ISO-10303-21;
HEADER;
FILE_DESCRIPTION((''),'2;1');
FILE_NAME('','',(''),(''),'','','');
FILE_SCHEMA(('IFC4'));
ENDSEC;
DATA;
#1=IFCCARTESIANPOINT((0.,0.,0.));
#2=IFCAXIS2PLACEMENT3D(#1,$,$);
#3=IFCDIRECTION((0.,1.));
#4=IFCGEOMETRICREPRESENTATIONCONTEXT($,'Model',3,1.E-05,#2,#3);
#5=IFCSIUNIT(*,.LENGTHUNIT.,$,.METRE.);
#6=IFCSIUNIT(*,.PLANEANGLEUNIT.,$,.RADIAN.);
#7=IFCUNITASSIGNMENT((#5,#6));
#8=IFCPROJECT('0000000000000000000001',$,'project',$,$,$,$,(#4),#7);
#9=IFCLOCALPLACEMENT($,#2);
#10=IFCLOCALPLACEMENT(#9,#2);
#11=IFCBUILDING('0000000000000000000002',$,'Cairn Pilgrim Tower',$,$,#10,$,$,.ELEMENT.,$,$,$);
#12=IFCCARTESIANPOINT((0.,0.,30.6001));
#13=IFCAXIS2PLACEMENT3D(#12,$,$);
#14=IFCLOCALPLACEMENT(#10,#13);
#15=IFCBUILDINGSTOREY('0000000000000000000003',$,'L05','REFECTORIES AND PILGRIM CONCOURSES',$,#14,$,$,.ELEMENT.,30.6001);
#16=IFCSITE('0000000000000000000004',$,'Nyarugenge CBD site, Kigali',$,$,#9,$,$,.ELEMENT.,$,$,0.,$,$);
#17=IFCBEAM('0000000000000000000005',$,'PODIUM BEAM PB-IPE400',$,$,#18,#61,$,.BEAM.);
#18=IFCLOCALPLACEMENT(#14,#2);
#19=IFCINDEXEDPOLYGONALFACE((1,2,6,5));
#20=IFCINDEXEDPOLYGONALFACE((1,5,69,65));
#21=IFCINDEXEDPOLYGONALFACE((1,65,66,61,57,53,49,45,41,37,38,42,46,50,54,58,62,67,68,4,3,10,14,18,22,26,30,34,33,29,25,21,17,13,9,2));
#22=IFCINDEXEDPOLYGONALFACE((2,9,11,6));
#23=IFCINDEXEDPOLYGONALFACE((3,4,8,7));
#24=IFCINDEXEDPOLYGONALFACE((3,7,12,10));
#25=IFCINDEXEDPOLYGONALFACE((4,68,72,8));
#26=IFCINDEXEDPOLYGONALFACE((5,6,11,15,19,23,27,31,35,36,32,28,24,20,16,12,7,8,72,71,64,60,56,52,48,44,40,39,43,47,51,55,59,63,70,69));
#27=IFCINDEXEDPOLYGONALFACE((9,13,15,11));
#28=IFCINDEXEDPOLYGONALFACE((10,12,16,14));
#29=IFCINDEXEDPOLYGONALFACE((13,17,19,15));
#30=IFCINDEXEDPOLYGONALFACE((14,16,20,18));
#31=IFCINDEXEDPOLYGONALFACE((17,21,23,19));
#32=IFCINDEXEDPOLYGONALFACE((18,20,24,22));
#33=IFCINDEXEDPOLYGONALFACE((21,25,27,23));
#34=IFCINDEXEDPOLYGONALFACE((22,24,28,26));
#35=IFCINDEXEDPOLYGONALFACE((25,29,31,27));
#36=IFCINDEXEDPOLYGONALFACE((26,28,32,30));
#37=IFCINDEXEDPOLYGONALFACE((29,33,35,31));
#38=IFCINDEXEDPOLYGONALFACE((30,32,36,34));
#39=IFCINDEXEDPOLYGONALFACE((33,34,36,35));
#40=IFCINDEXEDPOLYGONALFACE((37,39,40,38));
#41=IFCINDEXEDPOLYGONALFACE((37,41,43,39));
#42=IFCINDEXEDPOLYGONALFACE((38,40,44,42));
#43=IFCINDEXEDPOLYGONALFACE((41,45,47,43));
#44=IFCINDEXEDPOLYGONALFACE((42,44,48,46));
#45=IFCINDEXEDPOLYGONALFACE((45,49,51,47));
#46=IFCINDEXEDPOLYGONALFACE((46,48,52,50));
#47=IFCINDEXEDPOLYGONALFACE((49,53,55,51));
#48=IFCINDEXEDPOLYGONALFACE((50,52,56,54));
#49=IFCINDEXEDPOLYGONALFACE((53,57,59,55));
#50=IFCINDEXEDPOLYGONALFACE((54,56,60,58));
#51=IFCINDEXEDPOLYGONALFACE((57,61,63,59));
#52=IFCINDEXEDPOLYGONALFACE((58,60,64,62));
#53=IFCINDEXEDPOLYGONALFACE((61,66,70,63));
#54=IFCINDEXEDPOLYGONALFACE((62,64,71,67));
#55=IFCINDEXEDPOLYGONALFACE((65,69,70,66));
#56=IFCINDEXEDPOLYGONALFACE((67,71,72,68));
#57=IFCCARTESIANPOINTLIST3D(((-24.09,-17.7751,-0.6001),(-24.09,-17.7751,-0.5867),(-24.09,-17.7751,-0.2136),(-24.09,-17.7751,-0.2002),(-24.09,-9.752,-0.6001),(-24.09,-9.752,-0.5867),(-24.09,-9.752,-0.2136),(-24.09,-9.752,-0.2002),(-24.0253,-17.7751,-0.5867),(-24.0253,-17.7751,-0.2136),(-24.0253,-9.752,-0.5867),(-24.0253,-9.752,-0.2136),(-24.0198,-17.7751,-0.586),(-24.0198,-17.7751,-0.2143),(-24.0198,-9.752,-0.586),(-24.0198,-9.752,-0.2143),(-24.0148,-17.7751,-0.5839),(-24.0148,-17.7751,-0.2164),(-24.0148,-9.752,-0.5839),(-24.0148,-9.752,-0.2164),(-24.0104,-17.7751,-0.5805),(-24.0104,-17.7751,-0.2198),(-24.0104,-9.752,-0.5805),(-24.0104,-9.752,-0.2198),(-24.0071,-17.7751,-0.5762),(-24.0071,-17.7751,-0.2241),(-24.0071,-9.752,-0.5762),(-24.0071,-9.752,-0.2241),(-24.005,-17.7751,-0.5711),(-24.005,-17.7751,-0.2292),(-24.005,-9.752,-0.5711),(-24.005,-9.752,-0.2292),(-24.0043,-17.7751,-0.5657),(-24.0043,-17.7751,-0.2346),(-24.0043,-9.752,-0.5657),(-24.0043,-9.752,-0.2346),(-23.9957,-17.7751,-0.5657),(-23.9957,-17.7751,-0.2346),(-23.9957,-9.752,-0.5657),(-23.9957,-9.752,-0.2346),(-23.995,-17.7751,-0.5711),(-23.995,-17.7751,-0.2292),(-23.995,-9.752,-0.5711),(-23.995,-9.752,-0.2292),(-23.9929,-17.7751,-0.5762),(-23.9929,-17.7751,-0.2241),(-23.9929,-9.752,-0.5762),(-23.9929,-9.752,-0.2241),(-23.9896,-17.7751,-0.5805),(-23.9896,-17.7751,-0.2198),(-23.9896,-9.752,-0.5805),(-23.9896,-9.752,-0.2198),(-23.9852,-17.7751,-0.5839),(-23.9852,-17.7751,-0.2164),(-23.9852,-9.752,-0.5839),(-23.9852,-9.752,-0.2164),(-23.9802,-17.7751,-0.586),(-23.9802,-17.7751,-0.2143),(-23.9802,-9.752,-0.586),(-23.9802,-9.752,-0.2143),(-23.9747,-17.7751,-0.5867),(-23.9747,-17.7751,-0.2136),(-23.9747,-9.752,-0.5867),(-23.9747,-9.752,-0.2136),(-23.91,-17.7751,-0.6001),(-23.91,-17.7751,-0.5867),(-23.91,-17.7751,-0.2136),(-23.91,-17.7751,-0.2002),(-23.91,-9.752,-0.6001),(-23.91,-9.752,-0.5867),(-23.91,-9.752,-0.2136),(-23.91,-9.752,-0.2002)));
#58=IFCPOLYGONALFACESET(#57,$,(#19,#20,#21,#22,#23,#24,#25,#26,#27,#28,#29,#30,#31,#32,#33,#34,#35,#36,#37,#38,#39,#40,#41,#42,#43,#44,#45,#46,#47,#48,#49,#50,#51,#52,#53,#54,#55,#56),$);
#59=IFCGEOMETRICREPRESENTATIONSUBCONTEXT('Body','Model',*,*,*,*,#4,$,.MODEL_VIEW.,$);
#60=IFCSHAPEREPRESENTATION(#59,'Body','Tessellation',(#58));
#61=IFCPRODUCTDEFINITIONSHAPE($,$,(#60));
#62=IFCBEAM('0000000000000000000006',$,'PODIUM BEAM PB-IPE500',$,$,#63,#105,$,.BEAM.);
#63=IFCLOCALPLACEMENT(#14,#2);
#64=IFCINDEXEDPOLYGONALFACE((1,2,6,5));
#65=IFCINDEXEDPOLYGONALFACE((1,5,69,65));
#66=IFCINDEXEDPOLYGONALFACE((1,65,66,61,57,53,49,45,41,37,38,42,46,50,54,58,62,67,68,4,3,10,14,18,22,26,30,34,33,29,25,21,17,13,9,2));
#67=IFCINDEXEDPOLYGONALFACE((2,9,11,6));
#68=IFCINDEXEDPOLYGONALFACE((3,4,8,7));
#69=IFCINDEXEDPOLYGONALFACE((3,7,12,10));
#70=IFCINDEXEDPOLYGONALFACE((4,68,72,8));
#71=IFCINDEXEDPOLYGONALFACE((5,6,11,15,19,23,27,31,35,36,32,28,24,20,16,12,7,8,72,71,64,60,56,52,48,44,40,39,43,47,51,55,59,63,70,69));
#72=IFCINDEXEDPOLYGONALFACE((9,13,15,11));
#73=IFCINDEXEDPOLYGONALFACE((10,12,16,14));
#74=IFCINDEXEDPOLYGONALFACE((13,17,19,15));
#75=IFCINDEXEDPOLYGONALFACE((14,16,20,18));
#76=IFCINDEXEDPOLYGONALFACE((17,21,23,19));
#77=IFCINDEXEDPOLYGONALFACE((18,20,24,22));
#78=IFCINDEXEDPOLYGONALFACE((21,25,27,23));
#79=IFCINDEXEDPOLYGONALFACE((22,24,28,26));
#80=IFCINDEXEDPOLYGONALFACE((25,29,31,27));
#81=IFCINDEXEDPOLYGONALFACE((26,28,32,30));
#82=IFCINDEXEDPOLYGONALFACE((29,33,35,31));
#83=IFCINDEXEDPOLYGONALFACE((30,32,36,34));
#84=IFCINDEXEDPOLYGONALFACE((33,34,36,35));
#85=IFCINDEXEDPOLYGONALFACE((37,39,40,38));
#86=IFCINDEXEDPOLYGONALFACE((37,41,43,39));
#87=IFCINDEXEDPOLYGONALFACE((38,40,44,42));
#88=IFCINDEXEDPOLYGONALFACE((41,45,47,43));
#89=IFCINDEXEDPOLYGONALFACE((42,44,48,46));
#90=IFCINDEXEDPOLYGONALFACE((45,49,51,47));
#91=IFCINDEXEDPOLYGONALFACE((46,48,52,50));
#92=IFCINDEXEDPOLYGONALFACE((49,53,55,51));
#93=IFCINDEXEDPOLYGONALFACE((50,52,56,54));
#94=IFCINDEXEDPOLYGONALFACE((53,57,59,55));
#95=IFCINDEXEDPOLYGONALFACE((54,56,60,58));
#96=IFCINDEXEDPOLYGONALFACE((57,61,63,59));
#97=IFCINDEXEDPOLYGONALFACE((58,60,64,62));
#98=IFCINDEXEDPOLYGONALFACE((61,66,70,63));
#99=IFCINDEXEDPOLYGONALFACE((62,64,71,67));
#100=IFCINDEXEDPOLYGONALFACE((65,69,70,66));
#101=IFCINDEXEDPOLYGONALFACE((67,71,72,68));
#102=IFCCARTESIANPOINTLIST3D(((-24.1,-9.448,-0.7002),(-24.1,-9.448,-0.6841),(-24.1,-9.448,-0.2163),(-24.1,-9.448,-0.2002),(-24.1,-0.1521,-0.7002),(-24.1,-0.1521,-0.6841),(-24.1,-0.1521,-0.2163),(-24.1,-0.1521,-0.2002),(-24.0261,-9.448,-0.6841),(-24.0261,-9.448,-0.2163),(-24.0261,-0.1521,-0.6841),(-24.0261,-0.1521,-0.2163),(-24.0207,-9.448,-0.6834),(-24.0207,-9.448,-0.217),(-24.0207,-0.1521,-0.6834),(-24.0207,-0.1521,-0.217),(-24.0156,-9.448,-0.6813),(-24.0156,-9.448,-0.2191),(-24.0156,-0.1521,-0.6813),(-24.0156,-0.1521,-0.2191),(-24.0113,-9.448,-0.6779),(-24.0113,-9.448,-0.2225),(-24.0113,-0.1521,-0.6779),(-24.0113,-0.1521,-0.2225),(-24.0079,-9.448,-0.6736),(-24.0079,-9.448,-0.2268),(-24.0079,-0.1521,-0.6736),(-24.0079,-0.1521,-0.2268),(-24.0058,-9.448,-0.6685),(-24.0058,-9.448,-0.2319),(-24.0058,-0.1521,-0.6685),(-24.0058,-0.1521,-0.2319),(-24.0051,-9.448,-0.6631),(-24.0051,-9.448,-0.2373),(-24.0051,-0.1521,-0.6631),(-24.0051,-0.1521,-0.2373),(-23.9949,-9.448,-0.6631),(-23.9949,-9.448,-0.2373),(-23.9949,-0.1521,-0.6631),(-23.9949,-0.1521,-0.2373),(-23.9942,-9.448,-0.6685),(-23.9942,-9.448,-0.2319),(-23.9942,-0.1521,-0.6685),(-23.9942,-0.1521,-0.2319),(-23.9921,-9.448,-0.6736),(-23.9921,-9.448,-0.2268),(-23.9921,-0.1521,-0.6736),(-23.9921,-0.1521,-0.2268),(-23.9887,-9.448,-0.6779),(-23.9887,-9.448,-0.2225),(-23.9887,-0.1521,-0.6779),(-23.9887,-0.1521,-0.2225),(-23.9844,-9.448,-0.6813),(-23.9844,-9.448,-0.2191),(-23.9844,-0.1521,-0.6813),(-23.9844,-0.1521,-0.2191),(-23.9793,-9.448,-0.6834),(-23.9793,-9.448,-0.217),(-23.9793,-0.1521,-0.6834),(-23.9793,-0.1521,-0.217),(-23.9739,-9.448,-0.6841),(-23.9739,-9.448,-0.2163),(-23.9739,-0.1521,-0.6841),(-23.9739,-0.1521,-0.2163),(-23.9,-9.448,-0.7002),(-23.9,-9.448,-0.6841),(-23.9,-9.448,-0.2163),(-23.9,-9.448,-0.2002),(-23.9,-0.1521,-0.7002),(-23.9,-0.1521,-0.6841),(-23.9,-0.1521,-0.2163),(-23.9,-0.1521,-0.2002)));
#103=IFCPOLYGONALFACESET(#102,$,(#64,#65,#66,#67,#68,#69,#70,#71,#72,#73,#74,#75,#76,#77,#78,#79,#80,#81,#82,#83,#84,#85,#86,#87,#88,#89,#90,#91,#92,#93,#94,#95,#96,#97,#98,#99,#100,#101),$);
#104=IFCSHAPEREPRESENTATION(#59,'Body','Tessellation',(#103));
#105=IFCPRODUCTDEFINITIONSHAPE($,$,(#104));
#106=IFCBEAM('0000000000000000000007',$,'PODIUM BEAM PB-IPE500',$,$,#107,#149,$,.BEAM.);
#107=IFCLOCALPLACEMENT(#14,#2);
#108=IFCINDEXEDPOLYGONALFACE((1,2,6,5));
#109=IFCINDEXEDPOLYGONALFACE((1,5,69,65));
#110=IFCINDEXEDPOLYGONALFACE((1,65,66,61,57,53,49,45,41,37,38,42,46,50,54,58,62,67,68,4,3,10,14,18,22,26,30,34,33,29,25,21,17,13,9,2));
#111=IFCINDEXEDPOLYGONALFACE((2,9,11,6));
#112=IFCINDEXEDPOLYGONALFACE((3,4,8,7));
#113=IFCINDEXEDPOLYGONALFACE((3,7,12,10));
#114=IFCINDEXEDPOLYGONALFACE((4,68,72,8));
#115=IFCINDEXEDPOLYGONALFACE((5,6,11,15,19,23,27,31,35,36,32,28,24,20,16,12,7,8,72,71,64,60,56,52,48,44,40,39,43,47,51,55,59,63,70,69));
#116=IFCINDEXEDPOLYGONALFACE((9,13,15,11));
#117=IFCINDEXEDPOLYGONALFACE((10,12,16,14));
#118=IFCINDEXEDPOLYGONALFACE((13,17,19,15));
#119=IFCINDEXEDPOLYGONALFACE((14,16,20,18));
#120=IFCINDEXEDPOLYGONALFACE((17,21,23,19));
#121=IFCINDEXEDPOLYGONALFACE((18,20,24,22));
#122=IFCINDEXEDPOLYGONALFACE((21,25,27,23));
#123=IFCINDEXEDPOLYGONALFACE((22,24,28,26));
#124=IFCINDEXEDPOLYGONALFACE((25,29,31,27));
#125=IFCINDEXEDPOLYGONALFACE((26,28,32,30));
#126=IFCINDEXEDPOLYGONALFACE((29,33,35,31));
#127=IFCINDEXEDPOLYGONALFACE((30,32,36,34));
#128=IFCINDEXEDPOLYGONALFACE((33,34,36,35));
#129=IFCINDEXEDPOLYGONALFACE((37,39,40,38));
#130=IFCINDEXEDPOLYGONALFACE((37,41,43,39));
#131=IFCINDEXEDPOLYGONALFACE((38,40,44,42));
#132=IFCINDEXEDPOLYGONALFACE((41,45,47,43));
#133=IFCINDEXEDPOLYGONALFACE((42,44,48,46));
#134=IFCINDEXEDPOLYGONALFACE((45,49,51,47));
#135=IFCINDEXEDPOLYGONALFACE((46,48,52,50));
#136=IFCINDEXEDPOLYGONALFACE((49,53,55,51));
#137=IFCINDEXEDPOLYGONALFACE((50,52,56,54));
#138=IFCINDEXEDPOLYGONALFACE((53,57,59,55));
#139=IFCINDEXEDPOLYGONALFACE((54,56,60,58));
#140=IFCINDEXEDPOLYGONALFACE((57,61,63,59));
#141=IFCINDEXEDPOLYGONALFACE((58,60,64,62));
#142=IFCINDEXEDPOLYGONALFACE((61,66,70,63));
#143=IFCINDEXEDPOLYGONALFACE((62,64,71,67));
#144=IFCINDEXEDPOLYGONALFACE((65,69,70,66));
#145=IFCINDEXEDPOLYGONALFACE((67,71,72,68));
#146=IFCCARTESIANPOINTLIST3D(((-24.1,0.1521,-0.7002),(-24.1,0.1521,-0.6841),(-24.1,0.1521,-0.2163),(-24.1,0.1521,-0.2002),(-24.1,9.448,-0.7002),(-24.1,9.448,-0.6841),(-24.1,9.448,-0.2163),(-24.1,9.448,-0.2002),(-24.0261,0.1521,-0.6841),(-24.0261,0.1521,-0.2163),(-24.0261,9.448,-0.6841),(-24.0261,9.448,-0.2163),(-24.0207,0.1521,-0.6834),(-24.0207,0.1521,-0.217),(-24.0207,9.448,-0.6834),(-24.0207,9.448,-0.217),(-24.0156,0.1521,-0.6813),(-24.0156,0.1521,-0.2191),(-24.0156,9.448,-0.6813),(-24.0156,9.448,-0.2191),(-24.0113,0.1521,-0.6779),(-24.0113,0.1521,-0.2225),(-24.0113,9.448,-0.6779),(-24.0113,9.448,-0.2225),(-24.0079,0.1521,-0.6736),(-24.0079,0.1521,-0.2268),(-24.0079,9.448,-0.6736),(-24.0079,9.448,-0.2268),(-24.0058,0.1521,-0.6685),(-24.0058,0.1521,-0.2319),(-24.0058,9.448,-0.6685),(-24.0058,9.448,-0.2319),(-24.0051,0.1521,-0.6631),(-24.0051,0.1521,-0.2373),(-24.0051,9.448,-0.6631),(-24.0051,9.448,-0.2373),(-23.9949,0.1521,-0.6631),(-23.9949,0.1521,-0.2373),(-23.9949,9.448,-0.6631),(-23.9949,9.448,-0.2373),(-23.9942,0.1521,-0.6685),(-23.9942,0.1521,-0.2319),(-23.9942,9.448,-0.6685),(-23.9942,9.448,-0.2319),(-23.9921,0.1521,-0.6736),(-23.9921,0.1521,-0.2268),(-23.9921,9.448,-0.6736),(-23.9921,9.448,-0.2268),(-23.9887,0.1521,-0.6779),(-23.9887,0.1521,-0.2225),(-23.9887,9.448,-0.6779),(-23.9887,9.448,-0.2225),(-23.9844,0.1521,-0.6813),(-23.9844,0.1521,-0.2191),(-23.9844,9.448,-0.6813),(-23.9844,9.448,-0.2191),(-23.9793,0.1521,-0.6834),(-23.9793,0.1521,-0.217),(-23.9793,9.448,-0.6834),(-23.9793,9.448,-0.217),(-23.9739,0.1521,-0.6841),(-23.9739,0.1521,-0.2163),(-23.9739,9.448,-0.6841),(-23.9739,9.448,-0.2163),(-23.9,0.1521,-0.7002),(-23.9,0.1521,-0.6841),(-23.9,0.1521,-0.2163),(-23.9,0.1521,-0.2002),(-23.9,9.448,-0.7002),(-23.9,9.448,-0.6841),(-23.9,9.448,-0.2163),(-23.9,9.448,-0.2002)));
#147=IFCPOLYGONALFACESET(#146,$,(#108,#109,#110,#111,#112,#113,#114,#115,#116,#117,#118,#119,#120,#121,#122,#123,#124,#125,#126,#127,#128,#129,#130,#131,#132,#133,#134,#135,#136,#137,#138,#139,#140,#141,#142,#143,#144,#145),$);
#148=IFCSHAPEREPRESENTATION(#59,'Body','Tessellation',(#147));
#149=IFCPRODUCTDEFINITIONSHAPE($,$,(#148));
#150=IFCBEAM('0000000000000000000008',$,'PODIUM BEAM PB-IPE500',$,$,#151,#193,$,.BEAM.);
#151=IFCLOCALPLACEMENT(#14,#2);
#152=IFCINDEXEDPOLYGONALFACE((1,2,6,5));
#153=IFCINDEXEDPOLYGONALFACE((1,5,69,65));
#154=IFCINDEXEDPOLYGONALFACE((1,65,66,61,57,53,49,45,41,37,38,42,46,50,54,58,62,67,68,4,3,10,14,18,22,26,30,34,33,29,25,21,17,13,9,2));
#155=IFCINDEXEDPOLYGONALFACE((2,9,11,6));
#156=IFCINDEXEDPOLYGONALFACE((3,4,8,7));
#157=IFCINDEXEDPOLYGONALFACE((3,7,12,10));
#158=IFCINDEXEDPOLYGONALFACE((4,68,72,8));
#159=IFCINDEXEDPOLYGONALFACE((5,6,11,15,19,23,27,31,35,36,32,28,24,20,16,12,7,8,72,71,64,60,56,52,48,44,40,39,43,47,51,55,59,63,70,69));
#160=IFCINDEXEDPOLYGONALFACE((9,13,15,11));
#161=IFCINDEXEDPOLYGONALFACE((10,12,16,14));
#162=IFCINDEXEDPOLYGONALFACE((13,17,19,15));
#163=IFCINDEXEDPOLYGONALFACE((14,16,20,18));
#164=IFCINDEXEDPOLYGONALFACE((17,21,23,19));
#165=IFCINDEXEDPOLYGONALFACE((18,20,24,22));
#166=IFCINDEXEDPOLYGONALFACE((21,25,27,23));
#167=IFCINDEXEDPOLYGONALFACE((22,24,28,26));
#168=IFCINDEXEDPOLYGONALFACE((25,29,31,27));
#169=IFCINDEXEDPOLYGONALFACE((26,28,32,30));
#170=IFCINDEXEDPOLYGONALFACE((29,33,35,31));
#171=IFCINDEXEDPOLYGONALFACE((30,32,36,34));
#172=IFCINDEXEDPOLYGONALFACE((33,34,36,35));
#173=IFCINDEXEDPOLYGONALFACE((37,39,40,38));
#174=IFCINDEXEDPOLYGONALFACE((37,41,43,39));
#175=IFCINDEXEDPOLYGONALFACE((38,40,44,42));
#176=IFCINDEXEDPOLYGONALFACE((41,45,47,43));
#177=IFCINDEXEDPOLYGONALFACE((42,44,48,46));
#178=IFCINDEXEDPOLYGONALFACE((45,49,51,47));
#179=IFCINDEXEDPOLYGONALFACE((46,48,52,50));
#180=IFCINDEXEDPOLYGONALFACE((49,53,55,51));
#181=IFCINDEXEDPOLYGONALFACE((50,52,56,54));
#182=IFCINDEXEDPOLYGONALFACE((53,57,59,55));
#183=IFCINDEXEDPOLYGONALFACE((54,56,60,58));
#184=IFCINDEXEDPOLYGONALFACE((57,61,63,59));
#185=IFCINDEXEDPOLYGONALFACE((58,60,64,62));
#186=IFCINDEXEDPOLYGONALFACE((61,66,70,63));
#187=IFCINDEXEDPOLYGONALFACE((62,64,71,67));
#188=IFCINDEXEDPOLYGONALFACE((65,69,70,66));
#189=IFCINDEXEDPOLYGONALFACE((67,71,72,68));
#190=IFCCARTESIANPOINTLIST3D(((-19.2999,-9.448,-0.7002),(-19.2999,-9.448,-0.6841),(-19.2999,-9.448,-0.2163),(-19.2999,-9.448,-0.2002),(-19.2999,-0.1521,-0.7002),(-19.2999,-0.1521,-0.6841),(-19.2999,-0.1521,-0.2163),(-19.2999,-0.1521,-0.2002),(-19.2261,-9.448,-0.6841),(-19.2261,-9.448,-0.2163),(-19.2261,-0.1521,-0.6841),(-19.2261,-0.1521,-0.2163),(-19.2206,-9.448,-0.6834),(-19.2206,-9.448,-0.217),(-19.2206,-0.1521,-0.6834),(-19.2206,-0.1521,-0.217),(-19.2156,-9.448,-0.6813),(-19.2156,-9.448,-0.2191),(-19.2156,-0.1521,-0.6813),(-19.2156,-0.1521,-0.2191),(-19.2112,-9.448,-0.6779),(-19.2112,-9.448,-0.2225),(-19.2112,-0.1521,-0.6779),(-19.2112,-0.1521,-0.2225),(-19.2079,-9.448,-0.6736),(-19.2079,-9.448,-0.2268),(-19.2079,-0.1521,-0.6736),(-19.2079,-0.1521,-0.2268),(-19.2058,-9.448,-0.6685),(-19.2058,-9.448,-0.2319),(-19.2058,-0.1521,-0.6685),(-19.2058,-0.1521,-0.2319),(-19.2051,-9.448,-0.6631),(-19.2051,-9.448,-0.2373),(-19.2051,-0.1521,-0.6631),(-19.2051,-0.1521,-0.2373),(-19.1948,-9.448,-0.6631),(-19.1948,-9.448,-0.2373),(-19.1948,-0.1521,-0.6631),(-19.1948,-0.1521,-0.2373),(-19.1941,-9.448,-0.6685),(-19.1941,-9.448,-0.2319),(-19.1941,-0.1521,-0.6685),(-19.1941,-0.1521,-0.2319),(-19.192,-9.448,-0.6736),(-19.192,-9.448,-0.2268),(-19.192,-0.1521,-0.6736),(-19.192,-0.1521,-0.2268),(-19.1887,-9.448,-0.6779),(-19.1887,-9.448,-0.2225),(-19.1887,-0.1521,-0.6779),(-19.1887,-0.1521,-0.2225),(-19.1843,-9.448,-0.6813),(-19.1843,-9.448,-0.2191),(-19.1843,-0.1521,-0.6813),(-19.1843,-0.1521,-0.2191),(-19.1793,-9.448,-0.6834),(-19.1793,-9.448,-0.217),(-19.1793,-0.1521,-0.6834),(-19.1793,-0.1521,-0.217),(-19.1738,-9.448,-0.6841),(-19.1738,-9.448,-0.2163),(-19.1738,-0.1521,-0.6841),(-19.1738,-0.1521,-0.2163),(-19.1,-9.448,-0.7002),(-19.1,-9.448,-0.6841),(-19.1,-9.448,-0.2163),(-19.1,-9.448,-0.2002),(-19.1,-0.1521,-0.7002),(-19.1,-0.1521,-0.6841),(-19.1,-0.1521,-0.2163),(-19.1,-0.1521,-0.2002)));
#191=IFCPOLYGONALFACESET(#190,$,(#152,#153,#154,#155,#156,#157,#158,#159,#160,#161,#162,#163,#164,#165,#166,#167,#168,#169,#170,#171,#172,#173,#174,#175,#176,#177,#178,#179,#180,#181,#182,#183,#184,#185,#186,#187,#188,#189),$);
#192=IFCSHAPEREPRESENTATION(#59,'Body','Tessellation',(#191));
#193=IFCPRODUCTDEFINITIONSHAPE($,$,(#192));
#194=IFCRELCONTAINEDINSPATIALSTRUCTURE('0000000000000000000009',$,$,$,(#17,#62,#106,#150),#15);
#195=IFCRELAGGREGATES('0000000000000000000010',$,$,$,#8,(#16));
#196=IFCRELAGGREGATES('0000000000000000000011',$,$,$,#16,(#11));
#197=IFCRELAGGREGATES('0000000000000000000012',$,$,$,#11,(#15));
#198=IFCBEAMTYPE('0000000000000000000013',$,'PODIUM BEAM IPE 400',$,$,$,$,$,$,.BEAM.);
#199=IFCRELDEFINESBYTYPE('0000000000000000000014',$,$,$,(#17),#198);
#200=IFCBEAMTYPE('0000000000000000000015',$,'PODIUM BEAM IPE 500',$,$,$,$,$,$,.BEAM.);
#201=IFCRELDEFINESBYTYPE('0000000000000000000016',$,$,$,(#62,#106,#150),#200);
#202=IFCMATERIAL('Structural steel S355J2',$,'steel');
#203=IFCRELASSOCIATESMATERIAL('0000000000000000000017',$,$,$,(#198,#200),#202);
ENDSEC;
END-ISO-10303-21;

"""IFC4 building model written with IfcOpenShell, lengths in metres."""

from ifc_helpers import new_model, si_unit, direction, frame, origin, origin_2d, place, context, subcontext, project, spatial, i_section, extrude, material, material_profile, profile_set, type_object, element, save


model = new_model("IFC4")

# Units and contexts
model_context = context("Model", 3, precision=1e-05, world=origin(), true_north=direction((0.0, 1.0)))
body_context = subcontext(model_context, "Body", "Model", "MODEL_VIEW")
ifc_project = project(units=[si_unit("LENGTHUNIT", "METRE"), si_unit("PLANEANGLEUNIT", "RADIAN")], contexts=[model_context])

# Site, building, storey
site_placement = place(None, origin())
site = spatial("IfcSite", under=ifc_project, at=site_placement, Name="Nyarugenge CBD site, Kigali", CompositionType="ELEMENT", RefElevation=0.0)
building_placement = place(site_placement, origin())
building = spatial("IfcBuilding", under=site, at=building_placement, Name="Cairn Pilgrim Tower", CompositionType="ELEMENT")
storey_placement = place(building_placement, frame((0.0, 0.0, 30.6001)))
storey = spatial("IfcBuildingStorey", under=building, at=storey_placement, Name="L05", Description="REFECTORIES AND PILGRIM CONCOURSES", CompositionType="ELEMENT", Elevation=30.6001)

# Beams
ifc_material_1 = material(Name="Structural steel S355J2", Category="steel")
ifc_material_profile_1 = material_profile(ifc_material_1, i_section(OverallWidth=0.1799, OverallDepth=0.3999, WebThickness=0.0085, FlangeThickness=0.0134, FilletRadius=0.021, at=origin_2d()), Name="IPE 400")
ifc_profile_set_1 = profile_set([ifc_material_profile_1], Name="Structural steel S355J2")
beam_type_1 = type_object("IfcBeamType", Name="PODIUM BEAM IPE 400", PredefinedType="BEAM", material=ifc_profile_set_1)
beam_1_placement = place(storey_placement, frame((-24.0, -17.7751, -0.4001), z_axis=(0.0, 1.0, 0.0), x_axis=(-1.0, 0.0, 0.0)))
element("IfcBeam", 1, at=beam_1_placement, inside=storey, type_object=beam_type_1, Name="PODIUM BEAM PB-IPE400", PredefinedType="BEAM", context=body_context, shape_type="SweptSolid", body=[
    extrude(i_section(OverallWidth=0.1799, OverallDepth=0.3999, WebThickness=0.0085, FlangeThickness=0.0134, FilletRadius=0.021, at=origin_2d()), origin(), (0.0, 0.0, 1.0), 8.0232),
])
ifc_material_profile_2 = material_profile(ifc_material_1, i_section(OverallWidth=0.2, OverallDepth=0.5, WebThickness=0.0103, FlangeThickness=0.0161, FilletRadius=0.021, at=origin_2d()), Name="IPE 500")
ifc_profile_set_2 = profile_set([ifc_material_profile_2], Name="Structural steel S355J2")
beam_type_2 = type_object("IfcBeamType", Name="PODIUM BEAM IPE 500", PredefinedType="BEAM", material=ifc_profile_set_2)
for number, where, z_axis, x_axis, name in (
    (2, (-24.0, -9.448, -0.4502), (0.0, 1.0, 0.0), (-1.0, 0.0, 0.0), "PODIUM BEAM PB-IPE500"),
    (3, (-24.0, 0.1521, -0.4502), (0.0, 1.0, 0.0), (-1.0, 0.0, 0.0), "PODIUM BEAM PB-IPE500"),
    (4, (-19.2, -9.448, -0.4502), (0.0, 1.0, 0.0), (-1.0, 0.0, 0.0), "PODIUM BEAM PB-IPE500"),
):
    element("IfcBeam", number, at=place(storey_placement, frame(where, z_axis=z_axis, x_axis=x_axis)), inside=storey, type_object=beam_type_2, Name=name, PredefinedType="BEAM", context=body_context, shape_type="SweptSolid", body=[
        extrude(i_section(OverallWidth=0.2, OverallDepth=0.5, WebThickness=0.0103, FlangeThickness=0.0161, FilletRadius=0.021, at=origin_2d()), origin(), (0.0, 0.0, 1.0), 9.2959),
    ])

save(model, "model.ifc")
